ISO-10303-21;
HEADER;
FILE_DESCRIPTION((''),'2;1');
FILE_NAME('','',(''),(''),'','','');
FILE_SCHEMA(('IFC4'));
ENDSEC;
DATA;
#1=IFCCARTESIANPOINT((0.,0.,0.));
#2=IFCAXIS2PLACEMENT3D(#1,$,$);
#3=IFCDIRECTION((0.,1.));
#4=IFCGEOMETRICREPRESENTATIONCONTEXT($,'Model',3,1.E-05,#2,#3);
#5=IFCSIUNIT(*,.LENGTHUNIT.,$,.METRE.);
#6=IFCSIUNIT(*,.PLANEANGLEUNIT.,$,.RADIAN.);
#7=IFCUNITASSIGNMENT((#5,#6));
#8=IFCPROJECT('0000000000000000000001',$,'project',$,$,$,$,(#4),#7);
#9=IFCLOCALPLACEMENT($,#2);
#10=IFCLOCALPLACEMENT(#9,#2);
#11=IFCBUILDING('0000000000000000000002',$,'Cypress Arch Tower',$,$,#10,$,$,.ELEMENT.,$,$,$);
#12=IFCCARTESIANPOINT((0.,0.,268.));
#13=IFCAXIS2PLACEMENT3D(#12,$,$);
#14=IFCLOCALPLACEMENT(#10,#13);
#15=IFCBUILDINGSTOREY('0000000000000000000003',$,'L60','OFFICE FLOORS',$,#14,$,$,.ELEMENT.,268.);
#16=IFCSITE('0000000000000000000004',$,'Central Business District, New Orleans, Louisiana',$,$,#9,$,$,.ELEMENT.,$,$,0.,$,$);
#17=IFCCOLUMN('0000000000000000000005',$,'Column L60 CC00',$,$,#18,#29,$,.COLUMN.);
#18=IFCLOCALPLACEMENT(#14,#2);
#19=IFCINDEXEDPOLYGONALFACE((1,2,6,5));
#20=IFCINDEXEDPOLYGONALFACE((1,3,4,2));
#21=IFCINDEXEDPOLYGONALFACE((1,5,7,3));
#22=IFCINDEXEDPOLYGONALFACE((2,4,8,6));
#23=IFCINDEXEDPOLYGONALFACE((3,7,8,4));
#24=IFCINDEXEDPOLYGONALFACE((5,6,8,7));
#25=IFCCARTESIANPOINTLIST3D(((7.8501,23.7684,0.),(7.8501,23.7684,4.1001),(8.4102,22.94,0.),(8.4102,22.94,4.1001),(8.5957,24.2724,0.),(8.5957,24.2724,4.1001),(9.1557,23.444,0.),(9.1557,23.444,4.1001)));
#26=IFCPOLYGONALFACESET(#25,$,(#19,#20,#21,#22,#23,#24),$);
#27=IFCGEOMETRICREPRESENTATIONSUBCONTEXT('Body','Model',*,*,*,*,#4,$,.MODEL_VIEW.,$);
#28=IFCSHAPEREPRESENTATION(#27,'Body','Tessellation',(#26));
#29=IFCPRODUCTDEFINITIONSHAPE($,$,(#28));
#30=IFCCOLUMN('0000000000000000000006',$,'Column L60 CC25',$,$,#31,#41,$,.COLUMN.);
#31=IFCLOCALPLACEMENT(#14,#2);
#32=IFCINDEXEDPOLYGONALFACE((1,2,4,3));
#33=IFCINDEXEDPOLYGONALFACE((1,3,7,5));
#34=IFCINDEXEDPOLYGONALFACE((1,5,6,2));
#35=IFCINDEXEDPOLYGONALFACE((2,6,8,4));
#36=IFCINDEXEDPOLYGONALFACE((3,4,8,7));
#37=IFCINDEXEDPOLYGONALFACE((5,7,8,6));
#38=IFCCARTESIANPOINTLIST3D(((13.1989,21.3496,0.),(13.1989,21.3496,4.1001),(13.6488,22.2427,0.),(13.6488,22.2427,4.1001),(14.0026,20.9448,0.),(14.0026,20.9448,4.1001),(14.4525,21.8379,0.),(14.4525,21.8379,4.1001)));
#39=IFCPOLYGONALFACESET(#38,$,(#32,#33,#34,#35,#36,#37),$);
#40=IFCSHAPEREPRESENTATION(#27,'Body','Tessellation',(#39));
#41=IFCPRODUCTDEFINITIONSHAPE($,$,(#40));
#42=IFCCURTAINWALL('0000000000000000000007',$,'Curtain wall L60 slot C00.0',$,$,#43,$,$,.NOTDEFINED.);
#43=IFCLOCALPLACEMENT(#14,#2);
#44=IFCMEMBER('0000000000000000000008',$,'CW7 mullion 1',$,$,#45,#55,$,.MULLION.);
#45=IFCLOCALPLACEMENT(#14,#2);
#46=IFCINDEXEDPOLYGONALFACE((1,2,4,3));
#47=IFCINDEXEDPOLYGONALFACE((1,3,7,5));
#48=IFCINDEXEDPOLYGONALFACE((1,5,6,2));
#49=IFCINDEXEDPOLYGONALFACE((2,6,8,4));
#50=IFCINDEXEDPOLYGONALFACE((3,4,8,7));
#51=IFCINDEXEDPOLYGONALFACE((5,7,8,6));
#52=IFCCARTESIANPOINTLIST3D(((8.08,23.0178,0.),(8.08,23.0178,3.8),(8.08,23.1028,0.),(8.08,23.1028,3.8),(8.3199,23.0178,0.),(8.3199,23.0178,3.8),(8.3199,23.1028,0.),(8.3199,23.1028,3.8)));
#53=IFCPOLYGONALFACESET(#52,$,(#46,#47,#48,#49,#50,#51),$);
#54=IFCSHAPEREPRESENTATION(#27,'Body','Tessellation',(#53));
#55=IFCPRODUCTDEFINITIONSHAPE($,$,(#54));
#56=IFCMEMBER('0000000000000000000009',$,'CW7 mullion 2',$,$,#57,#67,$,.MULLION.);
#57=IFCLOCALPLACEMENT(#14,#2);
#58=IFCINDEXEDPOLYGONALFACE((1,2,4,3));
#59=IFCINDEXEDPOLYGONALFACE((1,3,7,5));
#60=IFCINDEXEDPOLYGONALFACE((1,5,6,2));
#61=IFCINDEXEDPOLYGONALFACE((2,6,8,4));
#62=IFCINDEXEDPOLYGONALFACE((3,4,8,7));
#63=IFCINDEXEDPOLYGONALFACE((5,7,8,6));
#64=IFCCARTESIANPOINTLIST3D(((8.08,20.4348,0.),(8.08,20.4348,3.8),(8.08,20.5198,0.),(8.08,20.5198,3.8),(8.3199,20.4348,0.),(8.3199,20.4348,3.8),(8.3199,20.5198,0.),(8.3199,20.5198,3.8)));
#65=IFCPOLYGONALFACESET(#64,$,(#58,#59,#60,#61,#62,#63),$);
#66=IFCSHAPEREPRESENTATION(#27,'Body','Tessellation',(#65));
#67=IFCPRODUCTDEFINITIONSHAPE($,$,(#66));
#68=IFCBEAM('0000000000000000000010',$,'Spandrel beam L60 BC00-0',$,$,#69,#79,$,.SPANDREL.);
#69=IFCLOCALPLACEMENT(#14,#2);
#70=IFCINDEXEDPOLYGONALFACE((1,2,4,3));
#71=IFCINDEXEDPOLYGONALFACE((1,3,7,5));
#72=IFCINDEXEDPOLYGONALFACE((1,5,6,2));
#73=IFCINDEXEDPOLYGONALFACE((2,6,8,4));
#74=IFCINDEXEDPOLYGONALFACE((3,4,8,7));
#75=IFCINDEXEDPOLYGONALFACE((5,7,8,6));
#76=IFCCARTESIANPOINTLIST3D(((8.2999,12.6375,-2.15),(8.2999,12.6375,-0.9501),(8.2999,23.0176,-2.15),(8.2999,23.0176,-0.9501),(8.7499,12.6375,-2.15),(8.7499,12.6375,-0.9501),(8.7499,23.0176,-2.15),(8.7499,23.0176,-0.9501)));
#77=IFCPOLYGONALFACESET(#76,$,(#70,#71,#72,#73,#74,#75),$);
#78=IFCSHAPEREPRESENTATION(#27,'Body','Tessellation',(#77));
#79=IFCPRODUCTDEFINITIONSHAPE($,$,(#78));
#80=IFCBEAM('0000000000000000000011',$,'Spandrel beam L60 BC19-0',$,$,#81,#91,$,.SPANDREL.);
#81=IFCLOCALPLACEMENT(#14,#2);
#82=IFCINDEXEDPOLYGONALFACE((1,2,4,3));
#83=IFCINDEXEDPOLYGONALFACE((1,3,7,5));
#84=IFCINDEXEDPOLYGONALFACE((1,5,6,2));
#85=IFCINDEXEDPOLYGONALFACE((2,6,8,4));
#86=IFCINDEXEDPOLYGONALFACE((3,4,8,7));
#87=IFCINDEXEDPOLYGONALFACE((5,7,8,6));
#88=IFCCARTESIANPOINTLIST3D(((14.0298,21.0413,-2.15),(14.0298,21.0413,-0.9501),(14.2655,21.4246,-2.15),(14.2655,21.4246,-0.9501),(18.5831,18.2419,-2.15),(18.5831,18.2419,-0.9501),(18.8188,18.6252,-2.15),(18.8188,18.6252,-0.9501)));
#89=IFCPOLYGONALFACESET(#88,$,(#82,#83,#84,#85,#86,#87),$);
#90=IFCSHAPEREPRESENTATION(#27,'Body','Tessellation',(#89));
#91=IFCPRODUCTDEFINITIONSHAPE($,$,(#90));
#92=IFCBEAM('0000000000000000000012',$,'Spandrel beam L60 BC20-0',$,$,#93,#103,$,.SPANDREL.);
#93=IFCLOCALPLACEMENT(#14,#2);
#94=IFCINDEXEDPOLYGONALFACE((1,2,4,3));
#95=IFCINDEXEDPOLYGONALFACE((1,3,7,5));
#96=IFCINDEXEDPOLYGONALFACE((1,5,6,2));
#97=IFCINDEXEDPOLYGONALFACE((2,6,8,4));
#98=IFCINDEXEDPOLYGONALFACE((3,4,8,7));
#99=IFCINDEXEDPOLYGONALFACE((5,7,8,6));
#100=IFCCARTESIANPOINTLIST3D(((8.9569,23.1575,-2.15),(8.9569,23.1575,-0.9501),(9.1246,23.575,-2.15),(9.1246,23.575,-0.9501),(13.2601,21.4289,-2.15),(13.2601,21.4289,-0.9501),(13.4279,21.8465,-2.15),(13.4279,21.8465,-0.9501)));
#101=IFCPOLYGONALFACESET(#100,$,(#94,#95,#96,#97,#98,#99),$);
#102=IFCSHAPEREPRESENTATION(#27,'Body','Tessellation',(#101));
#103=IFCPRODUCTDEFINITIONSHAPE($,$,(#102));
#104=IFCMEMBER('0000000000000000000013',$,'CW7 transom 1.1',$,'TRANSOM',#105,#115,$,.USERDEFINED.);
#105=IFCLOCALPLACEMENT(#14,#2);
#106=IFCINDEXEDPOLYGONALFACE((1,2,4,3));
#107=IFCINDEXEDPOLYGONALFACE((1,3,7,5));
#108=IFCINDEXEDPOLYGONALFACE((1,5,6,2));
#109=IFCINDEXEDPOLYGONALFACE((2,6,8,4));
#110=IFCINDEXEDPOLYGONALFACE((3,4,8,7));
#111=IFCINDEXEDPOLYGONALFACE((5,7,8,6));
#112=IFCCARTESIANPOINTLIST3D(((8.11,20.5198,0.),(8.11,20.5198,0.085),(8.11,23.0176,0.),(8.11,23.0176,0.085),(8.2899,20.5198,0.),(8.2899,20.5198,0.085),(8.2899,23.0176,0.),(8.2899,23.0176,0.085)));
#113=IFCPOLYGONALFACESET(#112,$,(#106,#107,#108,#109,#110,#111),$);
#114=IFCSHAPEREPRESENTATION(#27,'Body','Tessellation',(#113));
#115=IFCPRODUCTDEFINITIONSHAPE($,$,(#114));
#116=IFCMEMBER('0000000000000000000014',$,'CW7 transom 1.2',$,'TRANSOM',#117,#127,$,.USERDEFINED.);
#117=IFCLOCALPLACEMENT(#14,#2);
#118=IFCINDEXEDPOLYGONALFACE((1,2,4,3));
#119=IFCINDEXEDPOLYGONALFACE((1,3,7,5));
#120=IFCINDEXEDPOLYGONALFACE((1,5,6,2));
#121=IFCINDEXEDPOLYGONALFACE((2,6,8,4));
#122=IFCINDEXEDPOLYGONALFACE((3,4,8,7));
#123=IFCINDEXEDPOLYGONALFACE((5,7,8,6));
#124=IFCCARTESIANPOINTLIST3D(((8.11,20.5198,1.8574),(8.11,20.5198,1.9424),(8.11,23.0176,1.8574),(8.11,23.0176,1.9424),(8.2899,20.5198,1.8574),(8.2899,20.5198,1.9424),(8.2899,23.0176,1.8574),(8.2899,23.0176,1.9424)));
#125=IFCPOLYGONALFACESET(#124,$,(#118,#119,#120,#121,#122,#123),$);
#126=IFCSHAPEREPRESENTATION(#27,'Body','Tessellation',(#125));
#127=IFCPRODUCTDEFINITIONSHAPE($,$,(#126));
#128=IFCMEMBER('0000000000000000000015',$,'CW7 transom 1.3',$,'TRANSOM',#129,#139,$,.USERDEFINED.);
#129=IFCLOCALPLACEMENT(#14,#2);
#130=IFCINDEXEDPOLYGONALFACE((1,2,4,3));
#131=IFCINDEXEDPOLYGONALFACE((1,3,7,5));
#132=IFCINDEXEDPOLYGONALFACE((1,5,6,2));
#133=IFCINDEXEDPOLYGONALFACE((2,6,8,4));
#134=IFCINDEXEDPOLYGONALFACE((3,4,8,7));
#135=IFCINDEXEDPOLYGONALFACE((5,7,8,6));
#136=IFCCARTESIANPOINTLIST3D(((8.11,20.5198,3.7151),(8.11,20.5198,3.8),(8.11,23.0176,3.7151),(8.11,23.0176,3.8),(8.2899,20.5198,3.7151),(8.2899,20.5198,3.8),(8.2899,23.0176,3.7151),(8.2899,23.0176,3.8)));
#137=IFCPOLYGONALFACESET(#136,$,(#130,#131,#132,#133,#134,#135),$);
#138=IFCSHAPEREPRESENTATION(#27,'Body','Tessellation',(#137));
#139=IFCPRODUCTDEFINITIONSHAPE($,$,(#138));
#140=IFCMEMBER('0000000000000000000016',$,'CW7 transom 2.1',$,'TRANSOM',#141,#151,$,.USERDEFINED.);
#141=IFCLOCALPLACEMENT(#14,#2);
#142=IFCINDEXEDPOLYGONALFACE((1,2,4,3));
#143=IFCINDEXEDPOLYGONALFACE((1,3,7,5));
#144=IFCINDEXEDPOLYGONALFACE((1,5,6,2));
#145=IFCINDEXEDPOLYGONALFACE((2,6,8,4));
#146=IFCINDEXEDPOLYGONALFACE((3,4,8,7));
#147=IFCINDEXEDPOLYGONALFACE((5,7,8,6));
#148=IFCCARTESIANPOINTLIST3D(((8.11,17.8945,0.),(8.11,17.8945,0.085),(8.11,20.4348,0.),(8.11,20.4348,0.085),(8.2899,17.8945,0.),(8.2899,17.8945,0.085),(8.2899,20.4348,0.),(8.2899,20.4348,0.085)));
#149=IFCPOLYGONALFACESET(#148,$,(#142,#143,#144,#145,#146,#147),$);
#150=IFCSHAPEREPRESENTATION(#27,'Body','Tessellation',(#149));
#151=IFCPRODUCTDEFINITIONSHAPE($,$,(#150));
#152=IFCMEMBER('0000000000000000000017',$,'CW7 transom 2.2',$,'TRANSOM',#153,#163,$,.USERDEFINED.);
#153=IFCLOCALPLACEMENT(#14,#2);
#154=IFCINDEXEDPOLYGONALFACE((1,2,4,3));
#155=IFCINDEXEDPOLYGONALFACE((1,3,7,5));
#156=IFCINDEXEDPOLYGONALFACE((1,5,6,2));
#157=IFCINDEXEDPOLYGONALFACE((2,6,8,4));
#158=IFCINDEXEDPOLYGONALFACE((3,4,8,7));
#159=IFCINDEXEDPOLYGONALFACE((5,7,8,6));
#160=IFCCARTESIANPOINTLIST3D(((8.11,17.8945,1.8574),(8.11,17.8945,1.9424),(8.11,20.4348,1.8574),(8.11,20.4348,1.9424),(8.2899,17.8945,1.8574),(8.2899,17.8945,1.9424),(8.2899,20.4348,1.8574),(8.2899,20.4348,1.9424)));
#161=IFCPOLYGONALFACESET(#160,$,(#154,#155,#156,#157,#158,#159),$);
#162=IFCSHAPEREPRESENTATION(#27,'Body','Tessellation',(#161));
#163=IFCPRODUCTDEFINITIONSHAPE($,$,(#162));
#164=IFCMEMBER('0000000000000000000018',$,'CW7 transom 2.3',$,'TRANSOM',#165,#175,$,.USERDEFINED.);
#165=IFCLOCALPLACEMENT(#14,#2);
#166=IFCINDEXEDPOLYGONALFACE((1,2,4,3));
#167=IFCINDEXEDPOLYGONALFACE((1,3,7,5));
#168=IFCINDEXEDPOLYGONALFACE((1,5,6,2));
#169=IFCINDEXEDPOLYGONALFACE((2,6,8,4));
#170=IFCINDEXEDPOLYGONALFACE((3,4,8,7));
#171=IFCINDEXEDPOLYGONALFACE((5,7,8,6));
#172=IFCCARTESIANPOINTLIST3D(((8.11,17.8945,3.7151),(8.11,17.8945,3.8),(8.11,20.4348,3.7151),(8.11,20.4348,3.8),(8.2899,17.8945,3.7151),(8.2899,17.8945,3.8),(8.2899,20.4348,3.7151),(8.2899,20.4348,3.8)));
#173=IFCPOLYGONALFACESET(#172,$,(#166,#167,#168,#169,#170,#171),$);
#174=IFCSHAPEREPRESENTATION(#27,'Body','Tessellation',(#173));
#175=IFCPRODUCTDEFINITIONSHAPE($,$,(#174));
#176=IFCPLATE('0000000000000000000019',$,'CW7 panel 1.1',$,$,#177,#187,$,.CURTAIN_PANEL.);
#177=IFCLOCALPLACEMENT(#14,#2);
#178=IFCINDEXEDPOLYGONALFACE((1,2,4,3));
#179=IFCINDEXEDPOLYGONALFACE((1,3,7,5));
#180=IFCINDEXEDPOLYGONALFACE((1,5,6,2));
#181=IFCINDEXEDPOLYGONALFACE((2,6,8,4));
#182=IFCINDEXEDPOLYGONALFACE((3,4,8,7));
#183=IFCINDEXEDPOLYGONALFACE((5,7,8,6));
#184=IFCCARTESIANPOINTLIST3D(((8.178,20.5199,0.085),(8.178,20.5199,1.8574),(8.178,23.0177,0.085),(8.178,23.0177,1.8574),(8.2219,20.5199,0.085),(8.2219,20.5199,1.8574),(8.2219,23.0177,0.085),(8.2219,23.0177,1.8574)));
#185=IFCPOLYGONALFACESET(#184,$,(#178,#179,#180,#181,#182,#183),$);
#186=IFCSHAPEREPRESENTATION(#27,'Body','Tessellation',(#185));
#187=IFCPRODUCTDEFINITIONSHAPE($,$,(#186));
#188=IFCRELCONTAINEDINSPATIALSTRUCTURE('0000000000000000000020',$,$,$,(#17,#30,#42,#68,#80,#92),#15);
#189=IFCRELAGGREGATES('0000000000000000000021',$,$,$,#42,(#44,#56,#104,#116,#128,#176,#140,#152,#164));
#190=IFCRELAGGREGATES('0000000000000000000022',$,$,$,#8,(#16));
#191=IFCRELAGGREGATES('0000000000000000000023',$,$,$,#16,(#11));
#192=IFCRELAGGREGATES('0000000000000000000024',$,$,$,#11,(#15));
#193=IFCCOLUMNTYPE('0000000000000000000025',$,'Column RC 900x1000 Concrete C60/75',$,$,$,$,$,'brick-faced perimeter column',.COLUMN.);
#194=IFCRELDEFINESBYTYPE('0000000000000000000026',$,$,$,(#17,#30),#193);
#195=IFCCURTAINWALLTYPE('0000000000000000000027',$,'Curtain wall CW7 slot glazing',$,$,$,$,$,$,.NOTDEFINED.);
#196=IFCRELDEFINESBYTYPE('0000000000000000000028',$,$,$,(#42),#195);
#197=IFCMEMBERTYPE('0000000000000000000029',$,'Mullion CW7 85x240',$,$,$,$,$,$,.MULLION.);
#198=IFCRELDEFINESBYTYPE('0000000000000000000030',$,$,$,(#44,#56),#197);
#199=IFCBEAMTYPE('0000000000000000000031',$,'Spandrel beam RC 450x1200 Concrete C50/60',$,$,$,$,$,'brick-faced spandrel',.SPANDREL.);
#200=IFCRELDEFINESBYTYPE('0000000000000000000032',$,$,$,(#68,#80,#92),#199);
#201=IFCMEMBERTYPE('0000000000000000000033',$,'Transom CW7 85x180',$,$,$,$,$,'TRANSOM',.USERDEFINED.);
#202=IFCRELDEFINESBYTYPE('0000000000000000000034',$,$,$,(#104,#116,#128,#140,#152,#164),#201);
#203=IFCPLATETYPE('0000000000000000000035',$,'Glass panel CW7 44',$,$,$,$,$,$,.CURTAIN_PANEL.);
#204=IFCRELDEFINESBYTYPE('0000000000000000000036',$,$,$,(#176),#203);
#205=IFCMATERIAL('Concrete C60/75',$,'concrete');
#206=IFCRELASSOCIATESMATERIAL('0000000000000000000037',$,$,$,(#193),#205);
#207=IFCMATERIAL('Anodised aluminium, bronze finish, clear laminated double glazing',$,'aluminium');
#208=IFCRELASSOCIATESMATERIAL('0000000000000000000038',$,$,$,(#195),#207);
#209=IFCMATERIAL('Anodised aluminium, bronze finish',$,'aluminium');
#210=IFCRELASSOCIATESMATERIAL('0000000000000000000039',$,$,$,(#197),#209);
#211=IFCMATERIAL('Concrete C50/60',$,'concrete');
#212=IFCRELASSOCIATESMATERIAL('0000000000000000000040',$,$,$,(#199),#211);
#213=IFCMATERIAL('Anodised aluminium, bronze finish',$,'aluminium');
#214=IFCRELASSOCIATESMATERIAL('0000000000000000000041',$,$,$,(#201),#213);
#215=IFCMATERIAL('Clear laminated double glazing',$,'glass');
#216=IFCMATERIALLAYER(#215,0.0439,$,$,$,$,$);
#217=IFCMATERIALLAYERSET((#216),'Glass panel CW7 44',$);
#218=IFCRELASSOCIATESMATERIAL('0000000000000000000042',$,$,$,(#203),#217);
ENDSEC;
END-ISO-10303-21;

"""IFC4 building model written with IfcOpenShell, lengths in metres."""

from ifc_helpers import new_model, si_unit, direction, frame, origin, origin_2d, place, context, subcontext, project, spatial, rectangle, extrude, material, layer, layer_set, material_profile, profile_set, type_object, element, aggregate, save


model = new_model("IFC4")

# Units and contexts
model_context = context("Model", 3, precision=1e-05, world=origin(), true_north=direction((0.0, 1.0)))
body_context = subcontext(model_context, "Body", "Model", "MODEL_VIEW")
ifc_project = project(units=[si_unit("LENGTHUNIT", "METRE"), si_unit("PLANEANGLEUNIT", "RADIAN")], contexts=[model_context])

# Site, building, storey
site_placement = place(None, origin())
site = spatial("IfcSite", under=ifc_project, at=site_placement, Name="Central Business District, New Orleans, Louisiana", CompositionType="ELEMENT", RefElevation=0.0)
building_placement = place(site_placement, origin())
building = spatial("IfcBuilding", under=site, at=building_placement, Name="Cypress Arch Tower", CompositionType="ELEMENT")
storey_placement = place(building_placement, frame((0.0, 0.0, 268.0)))
storey = spatial("IfcBuildingStorey", under=building, at=storey_placement, Name="L60", Description="OFFICE FLOORS", CompositionType="ELEMENT", Elevation=268.0)

# Columns
ifc_material_1 = material(Name="Concrete C60/75", Category="concrete")
ifc_material_profile_1 = material_profile(ifc_material_1, rectangle(XDim=0.8999, YDim=1.0, at=origin_2d()), Name="RC 900x1000")
ifc_profile_set_1 = profile_set([ifc_material_profile_1], Name="Concrete C60/75")
column_type = type_object("IfcColumnType", Name="Column RC 900x1000 Concrete C60/75", ElementType="brick-faced perimeter column", PredefinedType="COLUMN", material=ifc_profile_set_1)
for number, where, z_axis, x_axis, name in (
    (1, (8.5029, 23.6062, 0.0), (0.0, 0.0, 1.0), (-0.82847, -0.560034, 0.0), "Column L60 CC00"),
    (2, (13.8257, 21.5938, 0.0), (0.0, 0.0, 1.0), (-0.893106, 0.449845, 0.0), "Column L60 CC25"),
):
    element("IfcColumn", number, at=place(storey_placement, frame(where, z_axis=z_axis, x_axis=x_axis)), inside=storey, type_object=column_type, Name=name, PredefinedType="COLUMN", context=body_context, shape_type="SweptSolid", body=[
        extrude(rectangle(XDim=0.8999, YDim=1.0, at=origin_2d()), origin(), (0.0, 0.0, 1.0), 4.1001),
    ])

# Curtain wall, members
ifc_material_2 = material(Name="Anodised aluminium, bronze finish, clear laminated double glazing", Category="aluminium")
curtain_wall_type = type_object("IfcCurtainWallType", Name="Curtain wall CW7 slot glazing", PredefinedType="NOTDEFINED", material=ifc_material_2)
curtain_wall_placement = place(storey_placement, origin())
curtain_wall = element("IfcCurtainWall", 3, at=curtain_wall_placement, inside=storey, type_object=curtain_wall_type, Name="Curtain wall L60 slot C00.0", PredefinedType="NOTDEFINED")
ifc_material_3 = material(Name="Anodised aluminium, bronze finish", Category="aluminium")
ifc_material_profile_2 = material_profile(ifc_material_3, rectangle(XDim=0.24, YDim=0.085, at=origin_2d()), Name="Mullion 85x240")
ifc_profile_set_2 = profile_set([ifc_material_profile_2], Name="Anodised aluminium, bronze finish")
member_type_1 = type_object("IfcMemberType", Name="Mullion CW7 85x240", PredefinedType="MULLION", material=ifc_profile_set_2)
member_1_placement = place(storey_placement, frame((8.2, 23.0603, 0.0), z_axis=(0.0, 0.0, 1.0), x_axis=(1.0, 0.0, 0.0)))
member_1 = element("IfcMember", 4, at=member_1_placement, type_object=member_type_1, Name="CW7 mullion 1", PredefinedType="MULLION", context=body_context, shape_type="SweptSolid", body=[
    extrude(rectangle(XDim=0.24, YDim=0.085, at=origin_2d()), origin(), (0.0, 0.0, 1.0), 3.8),
])
member_2_placement = place(storey_placement, frame((8.2, 20.4773, 0.0), z_axis=(0.0, 0.0, 1.0), x_axis=(1.0, 0.0, 0.0)))
member_2 = element("IfcMember", 5, at=member_2_placement, type_object=member_type_1, Name="CW7 mullion 2", PredefinedType="MULLION", context=body_context, shape_type="SweptSolid", body=[
    extrude(rectangle(XDim=0.24, YDim=0.085, at=origin_2d()), origin(), (0.0, 0.0, 1.0), 3.8),
])

# Beams
ifc_material_4 = material(Name="Concrete C50/60", Category="concrete")
ifc_material_profile_3 = material_profile(ifc_material_4, rectangle(XDim=0.45, YDim=1.2, at=origin_2d()), Name="RC 450x1200")
ifc_profile_set_3 = profile_set([ifc_material_profile_3], Name="Concrete C50/60")
beam_type = type_object("IfcBeamType", Name="Spandrel beam RC 450x1200 Concrete C50/60", ElementType="brick-faced spandrel", PredefinedType="SPANDREL", material=ifc_profile_set_3)
beam_1_placement = place(storey_placement, frame((8.5249, 23.0176, -1.55), z_axis=(0.0, -1.0, 0.0), x_axis=(1.0, 0.0, 0.0)))
element("IfcBeam", 6, at=beam_1_placement, inside=storey, type_object=beam_type, Name="Spandrel beam L60 BC00-0", PredefinedType="SPANDREL", context=body_context, shape_type="SweptSolid", body=[
    extrude(rectangle(XDim=0.45, YDim=1.2, at=origin_2d()), origin(), (0.0, 0.0, 1.0), 10.3801),
])
beam_2_placement = place(storey_placement, frame((18.7009, 18.4336, -1.55), z_axis=(-0.851881, 0.523735, 0.0), x_axis=(-0.523735, -0.851881, 0.0)))
element("IfcBeam", 7, at=beam_2_placement, inside=storey, type_object=beam_type, Name="Spandrel beam L60 BC19-0", PredefinedType="SPANDREL", context=body_context, shape_type="SweptSolid", body=[
    extrude(rectangle(XDim=0.45, YDim=1.2, at=origin_2d()), origin(), (0.0, 0.0, 1.0), 5.345),
])
beam_3_placement = place(storey_placement, frame((13.344, 21.6377, -1.55), z_axis=(-0.927938, 0.372734, 0.0), x_axis=(-0.372734, -0.927938, 0.0)))
element("IfcBeam", 8, at=beam_3_placement, inside=storey, type_object=beam_type, Name="Spandrel beam L60 BC20-0", PredefinedType="SPANDREL", context=body_context, shape_type="SweptSolid", body=[
    extrude(rectangle(XDim=0.45, YDim=1.2, at=origin_2d()), origin(), (0.0, 0.0, 1.0), 4.6375),
])

# Members
ifc_material_5 = material(Name="Anodised aluminium, bronze finish", Category="aluminium")
ifc_material_profile_4 = material_profile(ifc_material_5, rectangle(XDim=0.1799, YDim=0.085, at=origin_2d()), Name="Transom 85x180")
ifc_profile_set_4 = profile_set([ifc_material_profile_4], Name="Anodised aluminium, bronze finish")
member_type_2 = type_object("IfcMemberType", Name="Transom CW7 85x180", ElementType="TRANSOM", PredefinedType="USERDEFINED", material=ifc_profile_set_4)
member_3_placement = place(storey_placement, frame((8.2, 23.0176, 0.0425), z_axis=(0.0, -1.0, 0.0), x_axis=(1.0, 0.0, 0.0)))
member_3 = element("IfcMember", 9, at=member_3_placement, type_object=member_type_2, Name="CW7 transom 1.1", ObjectType="TRANSOM", PredefinedType="USERDEFINED", context=body_context, shape_type="SweptSolid", body=[
    extrude(rectangle(XDim=0.1799, YDim=0.085, at=origin_2d()), origin(), (0.0, 0.0, 1.0), 2.4978),
])
member_4_placement = place(storey_placement, frame((8.2, 23.0176, 1.8999), z_axis=(0.0, -1.0, 0.0), x_axis=(1.0, 0.0, 0.0)))
member_4 = element("IfcMember", 10, at=member_4_placement, type_object=member_type_2, Name="CW7 transom 1.2", ObjectType="TRANSOM", PredefinedType="USERDEFINED", context=body_context, shape_type="SweptSolid", body=[
    extrude(rectangle(XDim=0.1799, YDim=0.085, at=origin_2d()), origin(), (0.0, 0.0, 1.0), 2.4978),
])
member_5_placement = place(storey_placement, frame((8.2, 23.0176, 3.7576), z_axis=(0.0, -1.0, 0.0), x_axis=(1.0, 0.0, 0.0)))
member_5 = element("IfcMember", 11, at=member_5_placement, type_object=member_type_2, Name="CW7 transom 1.3", ObjectType="TRANSOM", PredefinedType="USERDEFINED", context=body_context, shape_type="SweptSolid", body=[
    extrude(rectangle(XDim=0.1799, YDim=0.085, at=origin_2d()), origin(), (0.0, 0.0, 1.0), 2.4978),
])
member_6_placement = place(storey_placement, frame((8.2, 20.4348, 0.0425), z_axis=(0.0, -1.0, 0.0), x_axis=(1.0, 0.0, 0.0)))
member_6 = element("IfcMember", 12, at=member_6_placement, type_object=member_type_2, Name="CW7 transom 2.1", ObjectType="TRANSOM", PredefinedType="USERDEFINED", context=body_context, shape_type="SweptSolid", body=[
    extrude(rectangle(XDim=0.1799, YDim=0.085, at=origin_2d()), origin(), (0.0, 0.0, 1.0), 2.5403),
])
member_7_placement = place(storey_placement, frame((8.2, 20.4348, 1.8999), z_axis=(0.0, -1.0, 0.0), x_axis=(1.0, 0.0, 0.0)))
member_7 = element("IfcMember", 13, at=member_7_placement, type_object=member_type_2, Name="CW7 transom 2.2", ObjectType="TRANSOM", PredefinedType="USERDEFINED", context=body_context, shape_type="SweptSolid", body=[
    extrude(rectangle(XDim=0.1799, YDim=0.085, at=origin_2d()), origin(), (0.0, 0.0, 1.0), 2.5403),
])
member_8_placement = place(storey_placement, frame((8.2, 20.4348, 3.7576), z_axis=(0.0, -1.0, 0.0), x_axis=(1.0, 0.0, 0.0)))
member_8 = element("IfcMember", 14, at=member_8_placement, type_object=member_type_2, Name="CW7 transom 2.3", ObjectType="TRANSOM", PredefinedType="USERDEFINED", context=body_context, shape_type="SweptSolid", body=[
    extrude(rectangle(XDim=0.1799, YDim=0.085, at=origin_2d()), origin(), (0.0, 0.0, 1.0), 2.5403),
])

# Plate
ifc_material_6 = material(Name="Clear laminated double glazing", Category="glass")
ifc_layer_1 = layer(ifc_material_6, 0.0439)
ifc_layer_set_1 = layer_set([ifc_layer_1], Name="Glass panel CW7 44")
plate_type = type_object("IfcPlateType", Name="Glass panel CW7 44", PredefinedType="CURTAIN_PANEL", material=ifc_layer_set_1)
plate_1_placement = place(storey_placement, frame((8.2, 21.7688, 0.085), z_axis=(0.0, 0.0, 1.0), x_axis=(0.0, -1.0, 0.0)))
plate_1 = element("IfcPlate", 15, at=plate_1_placement, type_object=plate_type, Name="CW7 panel 1.1", PredefinedType="CURTAIN_PANEL", context=body_context, shape_type="SweptSolid", body=[
    extrude(rectangle(XDim=2.4978, YDim=0.0439, at=origin_2d()), origin(), (0.0, 0.0, 1.0), 1.7725),
])
aggregate(curtain_wall, [member_1, member_2, member_3, member_4, member_5, plate_1, member_6, member_7, member_8])

save(model, "model.ifc")
